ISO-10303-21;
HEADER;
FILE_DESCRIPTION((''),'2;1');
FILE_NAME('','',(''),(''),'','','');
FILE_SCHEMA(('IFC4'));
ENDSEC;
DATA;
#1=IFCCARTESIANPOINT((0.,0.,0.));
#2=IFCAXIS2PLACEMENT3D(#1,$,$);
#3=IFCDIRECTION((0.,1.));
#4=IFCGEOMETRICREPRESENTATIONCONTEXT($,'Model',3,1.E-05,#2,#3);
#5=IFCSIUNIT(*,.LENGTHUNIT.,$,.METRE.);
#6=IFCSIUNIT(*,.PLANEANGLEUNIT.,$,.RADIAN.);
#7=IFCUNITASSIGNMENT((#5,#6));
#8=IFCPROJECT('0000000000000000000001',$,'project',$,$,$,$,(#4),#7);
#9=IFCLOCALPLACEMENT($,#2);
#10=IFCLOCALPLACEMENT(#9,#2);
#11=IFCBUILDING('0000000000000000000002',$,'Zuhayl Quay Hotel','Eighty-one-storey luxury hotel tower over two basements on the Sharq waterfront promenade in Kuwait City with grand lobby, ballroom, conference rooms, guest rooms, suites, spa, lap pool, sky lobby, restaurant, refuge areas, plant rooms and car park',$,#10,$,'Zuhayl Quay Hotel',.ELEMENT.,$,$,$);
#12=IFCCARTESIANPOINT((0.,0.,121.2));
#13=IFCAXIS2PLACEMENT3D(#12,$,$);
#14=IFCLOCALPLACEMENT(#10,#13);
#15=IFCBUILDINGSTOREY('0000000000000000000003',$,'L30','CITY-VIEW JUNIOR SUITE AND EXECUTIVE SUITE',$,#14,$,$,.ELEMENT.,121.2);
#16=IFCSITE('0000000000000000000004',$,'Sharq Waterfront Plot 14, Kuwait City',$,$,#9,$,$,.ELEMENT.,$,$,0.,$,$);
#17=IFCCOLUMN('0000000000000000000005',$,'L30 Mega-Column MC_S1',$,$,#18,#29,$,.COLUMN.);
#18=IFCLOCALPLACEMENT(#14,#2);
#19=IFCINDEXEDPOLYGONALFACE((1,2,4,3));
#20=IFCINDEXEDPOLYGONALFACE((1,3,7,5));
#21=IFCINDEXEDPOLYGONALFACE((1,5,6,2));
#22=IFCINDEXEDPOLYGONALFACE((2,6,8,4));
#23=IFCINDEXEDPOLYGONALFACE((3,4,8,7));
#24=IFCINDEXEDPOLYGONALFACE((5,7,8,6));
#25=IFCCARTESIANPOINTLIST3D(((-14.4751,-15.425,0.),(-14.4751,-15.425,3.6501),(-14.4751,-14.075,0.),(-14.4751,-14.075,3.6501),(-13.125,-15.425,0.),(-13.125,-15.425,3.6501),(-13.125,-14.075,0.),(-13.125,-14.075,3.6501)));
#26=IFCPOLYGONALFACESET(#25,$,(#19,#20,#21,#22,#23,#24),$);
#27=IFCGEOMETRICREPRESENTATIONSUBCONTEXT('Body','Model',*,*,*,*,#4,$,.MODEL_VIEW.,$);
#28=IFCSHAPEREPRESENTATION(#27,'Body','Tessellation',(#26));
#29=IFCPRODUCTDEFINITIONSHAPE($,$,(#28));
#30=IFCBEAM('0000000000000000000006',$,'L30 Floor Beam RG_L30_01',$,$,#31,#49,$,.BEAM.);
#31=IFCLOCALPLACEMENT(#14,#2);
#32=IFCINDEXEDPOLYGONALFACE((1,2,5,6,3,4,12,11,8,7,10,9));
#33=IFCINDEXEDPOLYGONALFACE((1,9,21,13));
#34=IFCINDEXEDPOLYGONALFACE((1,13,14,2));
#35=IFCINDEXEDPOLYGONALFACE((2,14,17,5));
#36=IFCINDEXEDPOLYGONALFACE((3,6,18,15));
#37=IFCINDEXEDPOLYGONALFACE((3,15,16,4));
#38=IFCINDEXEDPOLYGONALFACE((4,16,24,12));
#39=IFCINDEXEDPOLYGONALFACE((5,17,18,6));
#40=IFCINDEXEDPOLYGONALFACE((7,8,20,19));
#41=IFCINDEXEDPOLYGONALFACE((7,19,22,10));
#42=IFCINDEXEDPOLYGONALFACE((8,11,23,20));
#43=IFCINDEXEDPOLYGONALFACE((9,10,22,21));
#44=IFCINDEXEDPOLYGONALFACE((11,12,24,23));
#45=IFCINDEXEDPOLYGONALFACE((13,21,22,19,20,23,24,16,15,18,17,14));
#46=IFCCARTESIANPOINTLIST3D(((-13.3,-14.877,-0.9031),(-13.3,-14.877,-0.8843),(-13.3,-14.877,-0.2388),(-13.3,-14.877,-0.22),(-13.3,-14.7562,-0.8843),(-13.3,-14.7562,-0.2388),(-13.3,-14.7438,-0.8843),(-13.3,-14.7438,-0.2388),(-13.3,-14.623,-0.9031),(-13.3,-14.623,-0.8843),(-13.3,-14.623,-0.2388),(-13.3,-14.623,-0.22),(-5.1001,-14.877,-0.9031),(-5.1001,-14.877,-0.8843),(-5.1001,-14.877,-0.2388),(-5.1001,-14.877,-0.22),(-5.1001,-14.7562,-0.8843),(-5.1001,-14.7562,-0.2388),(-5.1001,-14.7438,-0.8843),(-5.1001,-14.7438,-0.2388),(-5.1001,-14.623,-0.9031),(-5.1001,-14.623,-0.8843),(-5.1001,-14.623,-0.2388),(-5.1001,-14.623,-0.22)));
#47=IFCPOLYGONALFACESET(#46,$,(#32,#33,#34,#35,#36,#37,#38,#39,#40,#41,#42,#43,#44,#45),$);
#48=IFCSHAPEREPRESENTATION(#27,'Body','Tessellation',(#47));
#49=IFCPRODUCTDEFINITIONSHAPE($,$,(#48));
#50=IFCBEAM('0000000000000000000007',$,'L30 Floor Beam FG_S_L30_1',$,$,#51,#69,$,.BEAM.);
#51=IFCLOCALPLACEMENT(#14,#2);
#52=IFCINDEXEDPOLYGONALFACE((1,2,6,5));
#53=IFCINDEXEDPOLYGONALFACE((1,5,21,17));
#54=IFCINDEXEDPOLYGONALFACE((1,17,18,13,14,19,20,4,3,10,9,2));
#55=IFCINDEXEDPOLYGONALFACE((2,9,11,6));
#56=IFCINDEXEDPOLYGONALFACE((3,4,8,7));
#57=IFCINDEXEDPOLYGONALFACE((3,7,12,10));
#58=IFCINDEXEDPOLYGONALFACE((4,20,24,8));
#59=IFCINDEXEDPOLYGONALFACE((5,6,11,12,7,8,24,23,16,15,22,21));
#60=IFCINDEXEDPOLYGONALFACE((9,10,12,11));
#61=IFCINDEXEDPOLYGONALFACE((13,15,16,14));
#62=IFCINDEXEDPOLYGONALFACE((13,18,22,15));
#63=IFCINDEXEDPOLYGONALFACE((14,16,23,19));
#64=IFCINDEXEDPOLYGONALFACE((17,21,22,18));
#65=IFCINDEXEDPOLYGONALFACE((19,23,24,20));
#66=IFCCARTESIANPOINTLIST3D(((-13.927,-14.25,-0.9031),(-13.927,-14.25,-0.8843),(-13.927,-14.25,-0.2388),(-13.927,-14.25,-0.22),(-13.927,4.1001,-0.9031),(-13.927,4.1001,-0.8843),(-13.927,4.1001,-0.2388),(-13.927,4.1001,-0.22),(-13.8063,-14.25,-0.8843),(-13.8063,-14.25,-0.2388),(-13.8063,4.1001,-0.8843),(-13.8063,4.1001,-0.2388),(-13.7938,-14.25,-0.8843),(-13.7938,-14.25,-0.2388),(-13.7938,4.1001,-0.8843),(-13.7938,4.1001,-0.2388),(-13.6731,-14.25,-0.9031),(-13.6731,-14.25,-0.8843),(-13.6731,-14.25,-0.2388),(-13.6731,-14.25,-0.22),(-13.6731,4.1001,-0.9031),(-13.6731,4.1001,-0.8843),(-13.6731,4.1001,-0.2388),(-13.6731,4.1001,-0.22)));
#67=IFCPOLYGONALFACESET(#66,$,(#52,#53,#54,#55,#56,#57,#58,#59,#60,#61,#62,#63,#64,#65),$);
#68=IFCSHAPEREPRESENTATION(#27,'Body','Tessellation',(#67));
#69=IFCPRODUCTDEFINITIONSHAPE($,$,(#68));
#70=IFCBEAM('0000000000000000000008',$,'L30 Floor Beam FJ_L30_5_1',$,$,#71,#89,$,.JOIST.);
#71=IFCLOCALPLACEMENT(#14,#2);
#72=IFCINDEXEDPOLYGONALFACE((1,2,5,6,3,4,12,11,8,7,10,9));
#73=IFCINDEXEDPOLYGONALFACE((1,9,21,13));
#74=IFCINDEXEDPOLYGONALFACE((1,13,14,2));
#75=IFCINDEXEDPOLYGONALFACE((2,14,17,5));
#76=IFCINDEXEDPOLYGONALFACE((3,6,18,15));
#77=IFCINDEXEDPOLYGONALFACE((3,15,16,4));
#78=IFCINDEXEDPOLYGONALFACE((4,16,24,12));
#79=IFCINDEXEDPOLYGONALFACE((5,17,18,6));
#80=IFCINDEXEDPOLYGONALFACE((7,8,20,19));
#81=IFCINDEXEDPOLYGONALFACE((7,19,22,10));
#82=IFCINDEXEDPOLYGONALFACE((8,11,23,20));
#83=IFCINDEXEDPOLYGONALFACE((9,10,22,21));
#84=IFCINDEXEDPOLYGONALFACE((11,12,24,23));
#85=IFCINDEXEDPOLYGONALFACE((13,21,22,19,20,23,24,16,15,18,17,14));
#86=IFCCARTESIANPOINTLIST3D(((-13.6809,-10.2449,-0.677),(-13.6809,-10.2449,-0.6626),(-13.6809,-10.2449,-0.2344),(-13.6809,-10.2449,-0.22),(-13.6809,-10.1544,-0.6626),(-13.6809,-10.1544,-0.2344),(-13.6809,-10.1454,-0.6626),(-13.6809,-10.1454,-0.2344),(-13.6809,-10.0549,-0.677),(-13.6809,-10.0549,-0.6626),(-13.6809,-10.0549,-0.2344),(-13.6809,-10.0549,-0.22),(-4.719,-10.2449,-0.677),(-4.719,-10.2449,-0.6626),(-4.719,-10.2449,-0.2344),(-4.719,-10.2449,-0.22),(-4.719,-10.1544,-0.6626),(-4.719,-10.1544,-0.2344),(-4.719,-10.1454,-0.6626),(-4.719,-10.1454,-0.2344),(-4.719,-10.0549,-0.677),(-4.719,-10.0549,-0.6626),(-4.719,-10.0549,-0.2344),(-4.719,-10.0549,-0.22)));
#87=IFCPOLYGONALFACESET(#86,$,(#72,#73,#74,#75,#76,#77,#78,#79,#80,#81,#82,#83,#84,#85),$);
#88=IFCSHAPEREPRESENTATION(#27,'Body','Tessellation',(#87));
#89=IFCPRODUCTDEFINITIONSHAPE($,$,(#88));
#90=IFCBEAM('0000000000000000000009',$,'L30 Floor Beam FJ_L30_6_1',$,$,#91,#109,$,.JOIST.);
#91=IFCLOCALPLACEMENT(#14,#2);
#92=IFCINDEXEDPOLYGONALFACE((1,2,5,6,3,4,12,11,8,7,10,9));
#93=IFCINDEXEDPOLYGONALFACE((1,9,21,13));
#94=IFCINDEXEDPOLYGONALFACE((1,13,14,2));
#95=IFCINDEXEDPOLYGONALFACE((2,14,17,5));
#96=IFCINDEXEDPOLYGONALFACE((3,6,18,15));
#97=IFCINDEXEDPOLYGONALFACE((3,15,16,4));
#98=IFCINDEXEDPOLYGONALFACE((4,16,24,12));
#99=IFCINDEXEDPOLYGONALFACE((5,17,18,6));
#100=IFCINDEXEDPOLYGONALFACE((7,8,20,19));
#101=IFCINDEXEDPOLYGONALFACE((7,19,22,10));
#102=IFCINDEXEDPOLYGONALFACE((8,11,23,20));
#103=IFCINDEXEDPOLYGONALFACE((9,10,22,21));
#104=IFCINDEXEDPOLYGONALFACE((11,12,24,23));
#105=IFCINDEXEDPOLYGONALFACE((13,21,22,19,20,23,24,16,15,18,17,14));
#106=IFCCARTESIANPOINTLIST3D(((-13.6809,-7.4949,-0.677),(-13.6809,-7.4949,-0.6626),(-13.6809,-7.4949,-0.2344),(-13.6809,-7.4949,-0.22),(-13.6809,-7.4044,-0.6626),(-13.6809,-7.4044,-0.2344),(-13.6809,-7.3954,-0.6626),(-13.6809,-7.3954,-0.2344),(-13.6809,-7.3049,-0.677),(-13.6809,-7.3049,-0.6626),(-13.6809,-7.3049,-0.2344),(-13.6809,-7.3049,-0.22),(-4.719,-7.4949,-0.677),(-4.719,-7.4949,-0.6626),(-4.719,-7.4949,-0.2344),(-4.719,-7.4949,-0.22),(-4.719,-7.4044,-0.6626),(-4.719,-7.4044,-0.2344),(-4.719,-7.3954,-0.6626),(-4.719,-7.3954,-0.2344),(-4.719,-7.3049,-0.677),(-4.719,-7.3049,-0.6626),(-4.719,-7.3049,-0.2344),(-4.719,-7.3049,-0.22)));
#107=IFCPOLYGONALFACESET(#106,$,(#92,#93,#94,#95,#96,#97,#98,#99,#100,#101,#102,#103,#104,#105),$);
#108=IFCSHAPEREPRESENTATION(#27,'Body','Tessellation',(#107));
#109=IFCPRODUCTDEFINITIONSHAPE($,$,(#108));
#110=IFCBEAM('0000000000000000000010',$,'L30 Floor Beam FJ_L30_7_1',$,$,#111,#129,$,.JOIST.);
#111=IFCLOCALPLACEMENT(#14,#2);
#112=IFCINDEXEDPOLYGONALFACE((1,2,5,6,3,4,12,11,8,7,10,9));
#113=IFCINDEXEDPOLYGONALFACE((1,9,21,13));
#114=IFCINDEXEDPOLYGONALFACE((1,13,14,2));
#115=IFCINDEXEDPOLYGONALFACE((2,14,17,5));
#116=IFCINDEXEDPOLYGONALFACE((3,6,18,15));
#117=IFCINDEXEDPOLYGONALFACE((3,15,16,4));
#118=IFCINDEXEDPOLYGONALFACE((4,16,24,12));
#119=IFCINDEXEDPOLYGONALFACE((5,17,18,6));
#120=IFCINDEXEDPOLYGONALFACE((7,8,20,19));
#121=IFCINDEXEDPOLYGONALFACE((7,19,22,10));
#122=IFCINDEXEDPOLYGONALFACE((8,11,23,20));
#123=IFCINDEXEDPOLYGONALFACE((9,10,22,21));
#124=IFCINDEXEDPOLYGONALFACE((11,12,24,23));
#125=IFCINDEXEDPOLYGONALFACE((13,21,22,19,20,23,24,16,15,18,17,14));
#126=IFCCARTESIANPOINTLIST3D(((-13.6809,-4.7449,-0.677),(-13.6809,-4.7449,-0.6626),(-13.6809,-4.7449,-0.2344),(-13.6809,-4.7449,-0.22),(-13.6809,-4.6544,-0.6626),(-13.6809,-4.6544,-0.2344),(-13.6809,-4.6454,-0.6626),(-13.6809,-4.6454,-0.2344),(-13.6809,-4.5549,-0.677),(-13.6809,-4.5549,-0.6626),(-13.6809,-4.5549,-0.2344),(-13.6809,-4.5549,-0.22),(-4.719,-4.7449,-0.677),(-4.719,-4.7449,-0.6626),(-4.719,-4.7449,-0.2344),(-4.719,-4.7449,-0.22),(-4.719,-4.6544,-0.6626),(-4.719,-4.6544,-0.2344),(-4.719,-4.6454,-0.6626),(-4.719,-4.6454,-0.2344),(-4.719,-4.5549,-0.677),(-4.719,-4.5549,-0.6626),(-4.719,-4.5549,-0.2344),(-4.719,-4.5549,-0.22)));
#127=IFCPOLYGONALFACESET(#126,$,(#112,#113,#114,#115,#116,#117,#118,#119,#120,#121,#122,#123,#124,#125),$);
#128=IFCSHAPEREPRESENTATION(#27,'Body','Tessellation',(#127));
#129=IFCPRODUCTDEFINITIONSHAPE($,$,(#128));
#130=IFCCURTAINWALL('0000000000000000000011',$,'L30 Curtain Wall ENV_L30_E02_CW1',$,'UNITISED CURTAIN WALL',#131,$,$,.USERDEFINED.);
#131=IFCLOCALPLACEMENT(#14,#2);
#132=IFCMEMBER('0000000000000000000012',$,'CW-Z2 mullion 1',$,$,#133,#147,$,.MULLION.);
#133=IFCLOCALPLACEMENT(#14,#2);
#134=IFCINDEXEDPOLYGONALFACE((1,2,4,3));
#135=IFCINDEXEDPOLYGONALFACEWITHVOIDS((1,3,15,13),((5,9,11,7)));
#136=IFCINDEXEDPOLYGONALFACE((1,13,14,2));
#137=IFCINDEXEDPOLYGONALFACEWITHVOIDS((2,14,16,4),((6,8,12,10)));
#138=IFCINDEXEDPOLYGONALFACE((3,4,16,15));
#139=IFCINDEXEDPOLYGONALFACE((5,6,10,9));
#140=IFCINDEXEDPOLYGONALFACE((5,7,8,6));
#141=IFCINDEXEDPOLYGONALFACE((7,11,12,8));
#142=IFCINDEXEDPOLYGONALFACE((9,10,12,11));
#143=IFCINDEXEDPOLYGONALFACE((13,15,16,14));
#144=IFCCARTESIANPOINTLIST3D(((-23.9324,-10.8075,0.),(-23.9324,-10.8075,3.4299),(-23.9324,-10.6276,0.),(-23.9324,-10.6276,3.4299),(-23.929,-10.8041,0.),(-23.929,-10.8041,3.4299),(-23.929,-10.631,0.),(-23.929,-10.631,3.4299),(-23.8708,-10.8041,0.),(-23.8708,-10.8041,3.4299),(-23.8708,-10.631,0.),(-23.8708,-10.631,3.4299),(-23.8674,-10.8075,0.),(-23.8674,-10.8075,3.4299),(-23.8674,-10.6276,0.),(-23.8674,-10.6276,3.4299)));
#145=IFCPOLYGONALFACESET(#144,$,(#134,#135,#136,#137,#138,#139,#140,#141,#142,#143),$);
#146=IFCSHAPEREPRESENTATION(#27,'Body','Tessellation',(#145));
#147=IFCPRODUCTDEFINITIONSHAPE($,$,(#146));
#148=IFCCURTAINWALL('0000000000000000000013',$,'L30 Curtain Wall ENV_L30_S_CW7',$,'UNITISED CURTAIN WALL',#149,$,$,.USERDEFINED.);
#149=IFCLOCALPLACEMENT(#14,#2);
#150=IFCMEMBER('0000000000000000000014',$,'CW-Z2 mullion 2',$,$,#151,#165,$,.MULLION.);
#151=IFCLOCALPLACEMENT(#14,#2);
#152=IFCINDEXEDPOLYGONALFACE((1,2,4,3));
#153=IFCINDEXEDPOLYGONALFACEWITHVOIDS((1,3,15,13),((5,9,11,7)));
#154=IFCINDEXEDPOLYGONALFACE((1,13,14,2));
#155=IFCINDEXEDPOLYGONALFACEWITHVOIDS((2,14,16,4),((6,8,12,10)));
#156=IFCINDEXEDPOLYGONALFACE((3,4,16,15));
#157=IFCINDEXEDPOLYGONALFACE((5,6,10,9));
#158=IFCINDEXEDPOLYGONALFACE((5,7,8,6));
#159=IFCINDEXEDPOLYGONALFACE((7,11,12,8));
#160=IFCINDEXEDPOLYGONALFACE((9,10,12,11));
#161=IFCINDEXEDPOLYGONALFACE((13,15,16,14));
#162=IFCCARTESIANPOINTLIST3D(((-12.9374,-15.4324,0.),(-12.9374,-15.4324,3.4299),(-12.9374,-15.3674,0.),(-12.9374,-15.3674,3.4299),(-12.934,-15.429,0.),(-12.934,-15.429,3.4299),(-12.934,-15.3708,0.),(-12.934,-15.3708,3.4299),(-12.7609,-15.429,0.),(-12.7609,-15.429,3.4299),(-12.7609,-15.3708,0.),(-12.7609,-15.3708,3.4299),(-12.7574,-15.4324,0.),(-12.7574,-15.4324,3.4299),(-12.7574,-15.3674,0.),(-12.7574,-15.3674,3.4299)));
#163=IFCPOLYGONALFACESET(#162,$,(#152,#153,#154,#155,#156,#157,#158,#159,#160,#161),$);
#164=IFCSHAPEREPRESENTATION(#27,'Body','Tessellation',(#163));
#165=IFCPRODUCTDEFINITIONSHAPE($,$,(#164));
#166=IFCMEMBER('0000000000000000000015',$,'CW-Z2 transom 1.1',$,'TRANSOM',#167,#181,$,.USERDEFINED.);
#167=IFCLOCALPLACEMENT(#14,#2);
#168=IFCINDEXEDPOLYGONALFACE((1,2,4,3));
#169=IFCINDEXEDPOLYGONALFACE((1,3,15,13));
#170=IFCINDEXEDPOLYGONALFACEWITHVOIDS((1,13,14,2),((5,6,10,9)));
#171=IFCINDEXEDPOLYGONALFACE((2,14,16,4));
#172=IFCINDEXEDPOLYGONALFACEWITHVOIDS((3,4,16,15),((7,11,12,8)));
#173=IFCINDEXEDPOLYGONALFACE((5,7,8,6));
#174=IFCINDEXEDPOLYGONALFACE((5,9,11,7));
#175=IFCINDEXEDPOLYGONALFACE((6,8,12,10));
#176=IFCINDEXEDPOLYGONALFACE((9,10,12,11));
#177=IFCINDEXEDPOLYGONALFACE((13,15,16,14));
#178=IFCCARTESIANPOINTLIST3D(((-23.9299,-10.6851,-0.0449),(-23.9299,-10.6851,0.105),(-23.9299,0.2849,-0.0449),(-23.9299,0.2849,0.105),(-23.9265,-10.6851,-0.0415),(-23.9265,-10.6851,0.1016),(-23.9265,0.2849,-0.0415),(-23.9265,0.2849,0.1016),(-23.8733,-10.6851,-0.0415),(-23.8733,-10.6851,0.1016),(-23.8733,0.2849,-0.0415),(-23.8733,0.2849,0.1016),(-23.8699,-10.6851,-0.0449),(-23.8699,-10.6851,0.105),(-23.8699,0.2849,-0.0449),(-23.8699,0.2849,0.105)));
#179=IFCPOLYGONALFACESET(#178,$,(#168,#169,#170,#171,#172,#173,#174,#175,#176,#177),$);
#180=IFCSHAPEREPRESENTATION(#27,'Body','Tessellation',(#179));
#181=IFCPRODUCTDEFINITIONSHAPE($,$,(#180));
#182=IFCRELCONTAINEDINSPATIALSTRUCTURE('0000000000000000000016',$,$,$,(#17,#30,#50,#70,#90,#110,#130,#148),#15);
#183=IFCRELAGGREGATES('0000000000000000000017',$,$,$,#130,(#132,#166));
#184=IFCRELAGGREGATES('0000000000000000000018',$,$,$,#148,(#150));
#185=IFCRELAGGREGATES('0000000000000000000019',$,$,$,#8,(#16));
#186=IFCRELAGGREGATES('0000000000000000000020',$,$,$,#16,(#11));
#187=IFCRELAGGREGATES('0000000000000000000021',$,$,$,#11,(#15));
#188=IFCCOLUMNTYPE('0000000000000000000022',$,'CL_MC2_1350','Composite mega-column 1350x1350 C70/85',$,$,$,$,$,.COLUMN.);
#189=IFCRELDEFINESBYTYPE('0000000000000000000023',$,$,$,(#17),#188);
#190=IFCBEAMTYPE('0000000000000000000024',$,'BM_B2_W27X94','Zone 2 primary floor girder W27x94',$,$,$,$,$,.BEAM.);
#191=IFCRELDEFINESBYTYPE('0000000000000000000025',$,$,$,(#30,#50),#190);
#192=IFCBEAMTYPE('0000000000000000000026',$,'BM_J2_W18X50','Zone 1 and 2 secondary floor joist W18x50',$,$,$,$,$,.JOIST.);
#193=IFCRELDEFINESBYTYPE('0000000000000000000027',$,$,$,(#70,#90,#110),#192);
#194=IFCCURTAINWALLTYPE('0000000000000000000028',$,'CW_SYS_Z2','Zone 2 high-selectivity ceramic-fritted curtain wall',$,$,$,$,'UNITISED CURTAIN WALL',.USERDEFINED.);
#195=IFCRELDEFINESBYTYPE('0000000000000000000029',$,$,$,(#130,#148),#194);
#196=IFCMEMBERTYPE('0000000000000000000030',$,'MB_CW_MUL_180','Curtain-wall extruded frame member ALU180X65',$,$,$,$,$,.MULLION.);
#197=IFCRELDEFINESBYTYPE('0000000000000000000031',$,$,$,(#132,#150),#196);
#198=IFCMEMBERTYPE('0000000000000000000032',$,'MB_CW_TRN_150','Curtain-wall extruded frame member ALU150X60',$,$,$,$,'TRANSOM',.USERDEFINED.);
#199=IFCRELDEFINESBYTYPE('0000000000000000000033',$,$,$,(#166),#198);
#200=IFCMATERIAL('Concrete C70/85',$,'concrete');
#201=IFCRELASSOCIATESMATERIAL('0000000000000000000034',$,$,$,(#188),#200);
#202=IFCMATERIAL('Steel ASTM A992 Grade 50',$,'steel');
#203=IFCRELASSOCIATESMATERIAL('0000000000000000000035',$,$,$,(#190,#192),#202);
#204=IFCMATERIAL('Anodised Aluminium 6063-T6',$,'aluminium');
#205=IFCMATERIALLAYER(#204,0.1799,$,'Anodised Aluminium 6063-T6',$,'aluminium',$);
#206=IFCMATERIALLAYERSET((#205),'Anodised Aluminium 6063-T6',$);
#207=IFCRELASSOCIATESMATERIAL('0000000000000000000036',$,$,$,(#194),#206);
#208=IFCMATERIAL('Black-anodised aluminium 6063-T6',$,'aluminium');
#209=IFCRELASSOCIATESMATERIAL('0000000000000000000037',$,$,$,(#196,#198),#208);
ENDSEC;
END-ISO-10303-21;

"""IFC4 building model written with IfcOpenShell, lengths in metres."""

from ifc_helpers import new_model, si_unit, direction, frame, origin, origin_2d, place, context, subcontext, project, spatial, rectangle, hollow_rectangle, i_section, extrude, material, layer, layer_set, material_profile, profile_set, type_object, element, aggregate, save


model = new_model("IFC4")

# Units and contexts
model_context = context("Model", 3, precision=1e-05, world=origin(), true_north=direction((0.0, 1.0)))
body_context = subcontext(model_context, "Body", "Model", "MODEL_VIEW")
ifc_project = project(units=[si_unit("LENGTHUNIT", "METRE"), si_unit("PLANEANGLEUNIT", "RADIAN")], contexts=[model_context])

# Site, building, storey
site_placement = place(None, origin())
site = spatial("IfcSite", under=ifc_project, at=site_placement, Name="Sharq Waterfront Plot 14, Kuwait City", CompositionType="ELEMENT", RefElevation=0.0)
building_placement = place(site_placement, origin())
building = spatial("IfcBuilding", under=site, at=building_placement, Name="Zuhayl Quay Hotel", Description="Eighty-one-storey luxury hotel tower over two basements on the Sharq waterfront promenade in Kuwait City with grand lobby, ballroom, conference rooms, guest rooms, suites, spa, lap pool, sky lobby, restaurant, refuge areas, plant rooms and car park", LongName="Zuhayl Quay Hotel", CompositionType="ELEMENT")
storey_placement = place(building_placement, frame((0.0, 0.0, 121.2)))
storey = spatial("IfcBuildingStorey", under=building, at=storey_placement, Name="L30", Description="CITY-VIEW JUNIOR SUITE AND EXECUTIVE SUITE", CompositionType="ELEMENT", Elevation=121.2)

# Column
ifc_material_1 = material(Name="Concrete C70/85", Category="concrete")
ifc_material_profile_1 = material_profile(ifc_material_1, rectangle(XDim=1.3501, YDim=1.3501, at=origin_2d()), Name="RC1350X1350")
ifc_profile_set_1 = profile_set([ifc_material_profile_1], Name="Concrete C70/85")
column_type = type_object("IfcColumnType", Name="CL_MC2_1350", Description="Composite mega-column 1350x1350 C70/85", PredefinedType="COLUMN", material=ifc_profile_set_1)
column_placement = place(storey_placement, frame((-13.8, -14.75, 0.0), z_axis=(0.0, 0.0, 1.0), x_axis=(1.0, 0.0, 0.0)))
element("IfcColumn", 1, at=column_placement, inside=storey, type_object=column_type, Name="L30 Mega-Column MC_S1", PredefinedType="COLUMN", context=body_context, shape_type="SweptSolid", body=[
    extrude(rectangle(XDim=1.3501, YDim=1.3501, at=origin_2d()), origin(), (0.0, 0.0, 1.0), 3.6501),
])

# Beams
ifc_material_2 = material(Name="Steel ASTM A992 Grade 50", Category="steel")
ifc_material_profile_2 = material_profile(ifc_material_2, i_section(OverallWidth=0.2539, OverallDepth=0.6831, WebThickness=0.0125, FlangeThickness=0.0188, at=origin_2d()), Name="W27X94")
ifc_profile_set_2 = profile_set([ifc_material_profile_2], Name="Steel ASTM A992 Grade 50")
beam_type_1 = type_object("IfcBeamType", Name="BM_B2_W27X94", Description="Zone 2 primary floor girder W27x94", PredefinedType="BEAM", material=ifc_profile_set_2)
beam_1_placement = place(storey_placement, frame((-13.3, -14.75, -0.5615), z_axis=(1.0, 0.0, 0.0), x_axis=(0.0, 1.0, 0.0)))
element("IfcBeam", 2, at=beam_1_placement, inside=storey, type_object=beam_type_1, Name="L30 Floor Beam RG_L30_01", PredefinedType="BEAM", context=body_context, shape_type="SweptSolid", body=[
    extrude(i_section(OverallWidth=0.2539, OverallDepth=0.6831, WebThickness=0.0125, FlangeThickness=0.0188, at=origin_2d()), origin(), (0.0, 0.0, 1.0), 8.2),
])
beam_2_placement = place(storey_placement, frame((-13.8, -14.25, -0.5615), z_axis=(0.0, 1.0, 0.0), x_axis=(-1.0, 0.0, 0.0)))
element("IfcBeam", 3, at=beam_2_placement, inside=storey, type_object=beam_type_1, Name="L30 Floor Beam FG_S_L30_1", PredefinedType="BEAM", context=body_context, shape_type="SweptSolid", body=[
    extrude(i_section(OverallWidth=0.2539, OverallDepth=0.6831, WebThickness=0.0125, FlangeThickness=0.0188, at=origin_2d()), origin(), (0.0, 0.0, 1.0), 18.3501),
])
ifc_material_profile_3 = material_profile(ifc_material_2, i_section(OverallWidth=0.1899, OverallDepth=0.457, WebThickness=0.009, FlangeThickness=0.0144, at=origin_2d()), Name="W18X50")
ifc_profile_set_3 = profile_set([ifc_material_profile_3], Name="Steel ASTM A992 Grade 50")
beam_type_2 = type_object("IfcBeamType", Name="BM_J2_W18X50", Description="Zone 1 and 2 secondary floor joist W18x50", PredefinedType="JOIST", material=ifc_profile_set_3)
for number, where, z_axis, x_axis, name in (
    (4, (-13.6809, -10.1499, -0.4485), (1.0, 0.0, 0.0), (0.0, 1.0, 0.0), "L30 Floor Beam FJ_L30_5_1"),
    (5, (-13.6809, -7.3999, -0.4485), (1.0, 0.0, 0.0), (0.0, 1.0, 0.0), "L30 Floor Beam FJ_L30_6_1"),
    (6, (-13.6809, -4.6499, -0.4485), (1.0, 0.0, 0.0), (0.0, 1.0, 0.0), "L30 Floor Beam FJ_L30_7_1"),
):
    element("IfcBeam", number, at=place(storey_placement, frame(where, z_axis=z_axis, x_axis=x_axis)), inside=storey, type_object=beam_type_2, Name=name, PredefinedType="JOIST", context=body_context, shape_type="SweptSolid", body=[
        extrude(i_section(OverallWidth=0.1899, OverallDepth=0.457, WebThickness=0.009, FlangeThickness=0.0144, at=origin_2d()), origin(), (0.0, 0.0, 1.0), 8.9619),
    ])

# Curtain walls, members
ifc_material_3 = material(Name="Anodised Aluminium 6063-T6", Category="aluminium")
ifc_layer_1 = layer(ifc_material_3, 0.1799, Name="Anodised Aluminium 6063-T6", Category="aluminium")
ifc_layer_set_1 = layer_set([ifc_layer_1], Name="Anodised Aluminium 6063-T6")
curtain_wall_type = type_object("IfcCurtainWallType", Name="CW_SYS_Z2", Description="Zone 2 high-selectivity ceramic-fritted curtain wall", ElementType="UNITISED CURTAIN WALL", PredefinedType="USERDEFINED", material=ifc_layer_set_1)
curtain_wall_1_placement = place(storey_placement, origin())
curtain_wall_1 = element("IfcCurtainWall", 7, at=curtain_wall_1_placement, inside=storey, type_object=curtain_wall_type, Name="L30 Curtain Wall ENV_L30_E02_CW1", ObjectType="UNITISED CURTAIN WALL", PredefinedType="USERDEFINED")
ifc_material_4 = material(Name="Black-anodised aluminium 6063-T6", Category="aluminium")
ifc_material_profile_4 = material_profile(ifc_material_4, hollow_rectangle(XDim=0.0649, YDim=0.1799, WallThickness=0.0034, at=origin_2d()), Name="ALU180X65")
ifc_profile_set_4 = profile_set([ifc_material_profile_4], Name="Black-anodised aluminium 6063-T6")
member_type_1 = type_object("IfcMemberType", Name="MB_CW_MUL_180", Description="Curtain-wall extruded frame member ALU180X65", PredefinedType="MULLION", material=ifc_profile_set_4)
member_1_placement = place(storey_placement, frame((-23.8999, -10.7175, 0.0), z_axis=(0.0, 0.0, 1.0), x_axis=(-1.0, 0.0, 0.0)))
member_1 = element("IfcMember", 8, at=member_1_placement, type_object=member_type_1, Name="CW-Z2 mullion 1", PredefinedType="MULLION", context=body_context, shape_type="SweptSolid", body=[
    extrude(hollow_rectangle(XDim=0.0649, YDim=0.1799, WallThickness=0.0034, at=origin_2d()), origin(), (0.0, 0.0, 1.0), 3.4299),
])
curtain_wall_2_placement = place(storey_placement, origin())
curtain_wall_2 = element("IfcCurtainWall", 9, at=curtain_wall_2_placement, inside=storey, type_object=curtain_wall_type, Name="L30 Curtain Wall ENV_L30_S_CW7", ObjectType="UNITISED CURTAIN WALL", PredefinedType="USERDEFINED")
member_2_placement = place(storey_placement, frame((-12.8474, -15.3999, 0.0), z_axis=(0.0, 0.0, 1.0), x_axis=(0.0, -1.0, 0.0)))
member_2 = element("IfcMember", 10, at=member_2_placement, type_object=member_type_1, Name="CW-Z2 mullion 2", PredefinedType="MULLION", context=body_context, shape_type="SweptSolid", body=[
    extrude(hollow_rectangle(XDim=0.0649, YDim=0.1799, WallThickness=0.0034, at=origin_2d()), origin(), (0.0, 0.0, 1.0), 3.4299),
])

# Member
ifc_material_profile_5 = material_profile(ifc_material_4, hollow_rectangle(XDim=0.0601, YDim=0.1499, WallThickness=0.0034, at=origin_2d()), Name="ALU150X60")
ifc_profile_set_5 = profile_set([ifc_material_profile_5], Name="Black-anodised aluminium 6063-T6")
member_type_2 = type_object("IfcMemberType", Name="MB_CW_TRN_150", Description="Curtain-wall extruded frame member ALU150X60", ElementType="TRANSOM", PredefinedType="USERDEFINED", material=ifc_profile_set_5)
member_3_placement = place(storey_placement, frame((-23.8999, -10.6851, 0.03), z_axis=(0.0, 1.0, 0.0), x_axis=(-1.0, 0.0, 0.0)))
member_3 = element("IfcMember", 11, at=member_3_placement, type_object=member_type_2, Name="CW-Z2 transom 1.1", ObjectType="TRANSOM", PredefinedType="USERDEFINED", context=body_context, shape_type="SweptSolid", body=[
    extrude(hollow_rectangle(XDim=0.0601, YDim=0.1499, WallThickness=0.0034, at=origin_2d()), origin(), (0.0, 0.0, 1.0), 10.97),
])

aggregate(curtain_wall_1, [member_1, member_3])
aggregate(curtain_wall_2, [member_2])

save(model, "model.ifc")
